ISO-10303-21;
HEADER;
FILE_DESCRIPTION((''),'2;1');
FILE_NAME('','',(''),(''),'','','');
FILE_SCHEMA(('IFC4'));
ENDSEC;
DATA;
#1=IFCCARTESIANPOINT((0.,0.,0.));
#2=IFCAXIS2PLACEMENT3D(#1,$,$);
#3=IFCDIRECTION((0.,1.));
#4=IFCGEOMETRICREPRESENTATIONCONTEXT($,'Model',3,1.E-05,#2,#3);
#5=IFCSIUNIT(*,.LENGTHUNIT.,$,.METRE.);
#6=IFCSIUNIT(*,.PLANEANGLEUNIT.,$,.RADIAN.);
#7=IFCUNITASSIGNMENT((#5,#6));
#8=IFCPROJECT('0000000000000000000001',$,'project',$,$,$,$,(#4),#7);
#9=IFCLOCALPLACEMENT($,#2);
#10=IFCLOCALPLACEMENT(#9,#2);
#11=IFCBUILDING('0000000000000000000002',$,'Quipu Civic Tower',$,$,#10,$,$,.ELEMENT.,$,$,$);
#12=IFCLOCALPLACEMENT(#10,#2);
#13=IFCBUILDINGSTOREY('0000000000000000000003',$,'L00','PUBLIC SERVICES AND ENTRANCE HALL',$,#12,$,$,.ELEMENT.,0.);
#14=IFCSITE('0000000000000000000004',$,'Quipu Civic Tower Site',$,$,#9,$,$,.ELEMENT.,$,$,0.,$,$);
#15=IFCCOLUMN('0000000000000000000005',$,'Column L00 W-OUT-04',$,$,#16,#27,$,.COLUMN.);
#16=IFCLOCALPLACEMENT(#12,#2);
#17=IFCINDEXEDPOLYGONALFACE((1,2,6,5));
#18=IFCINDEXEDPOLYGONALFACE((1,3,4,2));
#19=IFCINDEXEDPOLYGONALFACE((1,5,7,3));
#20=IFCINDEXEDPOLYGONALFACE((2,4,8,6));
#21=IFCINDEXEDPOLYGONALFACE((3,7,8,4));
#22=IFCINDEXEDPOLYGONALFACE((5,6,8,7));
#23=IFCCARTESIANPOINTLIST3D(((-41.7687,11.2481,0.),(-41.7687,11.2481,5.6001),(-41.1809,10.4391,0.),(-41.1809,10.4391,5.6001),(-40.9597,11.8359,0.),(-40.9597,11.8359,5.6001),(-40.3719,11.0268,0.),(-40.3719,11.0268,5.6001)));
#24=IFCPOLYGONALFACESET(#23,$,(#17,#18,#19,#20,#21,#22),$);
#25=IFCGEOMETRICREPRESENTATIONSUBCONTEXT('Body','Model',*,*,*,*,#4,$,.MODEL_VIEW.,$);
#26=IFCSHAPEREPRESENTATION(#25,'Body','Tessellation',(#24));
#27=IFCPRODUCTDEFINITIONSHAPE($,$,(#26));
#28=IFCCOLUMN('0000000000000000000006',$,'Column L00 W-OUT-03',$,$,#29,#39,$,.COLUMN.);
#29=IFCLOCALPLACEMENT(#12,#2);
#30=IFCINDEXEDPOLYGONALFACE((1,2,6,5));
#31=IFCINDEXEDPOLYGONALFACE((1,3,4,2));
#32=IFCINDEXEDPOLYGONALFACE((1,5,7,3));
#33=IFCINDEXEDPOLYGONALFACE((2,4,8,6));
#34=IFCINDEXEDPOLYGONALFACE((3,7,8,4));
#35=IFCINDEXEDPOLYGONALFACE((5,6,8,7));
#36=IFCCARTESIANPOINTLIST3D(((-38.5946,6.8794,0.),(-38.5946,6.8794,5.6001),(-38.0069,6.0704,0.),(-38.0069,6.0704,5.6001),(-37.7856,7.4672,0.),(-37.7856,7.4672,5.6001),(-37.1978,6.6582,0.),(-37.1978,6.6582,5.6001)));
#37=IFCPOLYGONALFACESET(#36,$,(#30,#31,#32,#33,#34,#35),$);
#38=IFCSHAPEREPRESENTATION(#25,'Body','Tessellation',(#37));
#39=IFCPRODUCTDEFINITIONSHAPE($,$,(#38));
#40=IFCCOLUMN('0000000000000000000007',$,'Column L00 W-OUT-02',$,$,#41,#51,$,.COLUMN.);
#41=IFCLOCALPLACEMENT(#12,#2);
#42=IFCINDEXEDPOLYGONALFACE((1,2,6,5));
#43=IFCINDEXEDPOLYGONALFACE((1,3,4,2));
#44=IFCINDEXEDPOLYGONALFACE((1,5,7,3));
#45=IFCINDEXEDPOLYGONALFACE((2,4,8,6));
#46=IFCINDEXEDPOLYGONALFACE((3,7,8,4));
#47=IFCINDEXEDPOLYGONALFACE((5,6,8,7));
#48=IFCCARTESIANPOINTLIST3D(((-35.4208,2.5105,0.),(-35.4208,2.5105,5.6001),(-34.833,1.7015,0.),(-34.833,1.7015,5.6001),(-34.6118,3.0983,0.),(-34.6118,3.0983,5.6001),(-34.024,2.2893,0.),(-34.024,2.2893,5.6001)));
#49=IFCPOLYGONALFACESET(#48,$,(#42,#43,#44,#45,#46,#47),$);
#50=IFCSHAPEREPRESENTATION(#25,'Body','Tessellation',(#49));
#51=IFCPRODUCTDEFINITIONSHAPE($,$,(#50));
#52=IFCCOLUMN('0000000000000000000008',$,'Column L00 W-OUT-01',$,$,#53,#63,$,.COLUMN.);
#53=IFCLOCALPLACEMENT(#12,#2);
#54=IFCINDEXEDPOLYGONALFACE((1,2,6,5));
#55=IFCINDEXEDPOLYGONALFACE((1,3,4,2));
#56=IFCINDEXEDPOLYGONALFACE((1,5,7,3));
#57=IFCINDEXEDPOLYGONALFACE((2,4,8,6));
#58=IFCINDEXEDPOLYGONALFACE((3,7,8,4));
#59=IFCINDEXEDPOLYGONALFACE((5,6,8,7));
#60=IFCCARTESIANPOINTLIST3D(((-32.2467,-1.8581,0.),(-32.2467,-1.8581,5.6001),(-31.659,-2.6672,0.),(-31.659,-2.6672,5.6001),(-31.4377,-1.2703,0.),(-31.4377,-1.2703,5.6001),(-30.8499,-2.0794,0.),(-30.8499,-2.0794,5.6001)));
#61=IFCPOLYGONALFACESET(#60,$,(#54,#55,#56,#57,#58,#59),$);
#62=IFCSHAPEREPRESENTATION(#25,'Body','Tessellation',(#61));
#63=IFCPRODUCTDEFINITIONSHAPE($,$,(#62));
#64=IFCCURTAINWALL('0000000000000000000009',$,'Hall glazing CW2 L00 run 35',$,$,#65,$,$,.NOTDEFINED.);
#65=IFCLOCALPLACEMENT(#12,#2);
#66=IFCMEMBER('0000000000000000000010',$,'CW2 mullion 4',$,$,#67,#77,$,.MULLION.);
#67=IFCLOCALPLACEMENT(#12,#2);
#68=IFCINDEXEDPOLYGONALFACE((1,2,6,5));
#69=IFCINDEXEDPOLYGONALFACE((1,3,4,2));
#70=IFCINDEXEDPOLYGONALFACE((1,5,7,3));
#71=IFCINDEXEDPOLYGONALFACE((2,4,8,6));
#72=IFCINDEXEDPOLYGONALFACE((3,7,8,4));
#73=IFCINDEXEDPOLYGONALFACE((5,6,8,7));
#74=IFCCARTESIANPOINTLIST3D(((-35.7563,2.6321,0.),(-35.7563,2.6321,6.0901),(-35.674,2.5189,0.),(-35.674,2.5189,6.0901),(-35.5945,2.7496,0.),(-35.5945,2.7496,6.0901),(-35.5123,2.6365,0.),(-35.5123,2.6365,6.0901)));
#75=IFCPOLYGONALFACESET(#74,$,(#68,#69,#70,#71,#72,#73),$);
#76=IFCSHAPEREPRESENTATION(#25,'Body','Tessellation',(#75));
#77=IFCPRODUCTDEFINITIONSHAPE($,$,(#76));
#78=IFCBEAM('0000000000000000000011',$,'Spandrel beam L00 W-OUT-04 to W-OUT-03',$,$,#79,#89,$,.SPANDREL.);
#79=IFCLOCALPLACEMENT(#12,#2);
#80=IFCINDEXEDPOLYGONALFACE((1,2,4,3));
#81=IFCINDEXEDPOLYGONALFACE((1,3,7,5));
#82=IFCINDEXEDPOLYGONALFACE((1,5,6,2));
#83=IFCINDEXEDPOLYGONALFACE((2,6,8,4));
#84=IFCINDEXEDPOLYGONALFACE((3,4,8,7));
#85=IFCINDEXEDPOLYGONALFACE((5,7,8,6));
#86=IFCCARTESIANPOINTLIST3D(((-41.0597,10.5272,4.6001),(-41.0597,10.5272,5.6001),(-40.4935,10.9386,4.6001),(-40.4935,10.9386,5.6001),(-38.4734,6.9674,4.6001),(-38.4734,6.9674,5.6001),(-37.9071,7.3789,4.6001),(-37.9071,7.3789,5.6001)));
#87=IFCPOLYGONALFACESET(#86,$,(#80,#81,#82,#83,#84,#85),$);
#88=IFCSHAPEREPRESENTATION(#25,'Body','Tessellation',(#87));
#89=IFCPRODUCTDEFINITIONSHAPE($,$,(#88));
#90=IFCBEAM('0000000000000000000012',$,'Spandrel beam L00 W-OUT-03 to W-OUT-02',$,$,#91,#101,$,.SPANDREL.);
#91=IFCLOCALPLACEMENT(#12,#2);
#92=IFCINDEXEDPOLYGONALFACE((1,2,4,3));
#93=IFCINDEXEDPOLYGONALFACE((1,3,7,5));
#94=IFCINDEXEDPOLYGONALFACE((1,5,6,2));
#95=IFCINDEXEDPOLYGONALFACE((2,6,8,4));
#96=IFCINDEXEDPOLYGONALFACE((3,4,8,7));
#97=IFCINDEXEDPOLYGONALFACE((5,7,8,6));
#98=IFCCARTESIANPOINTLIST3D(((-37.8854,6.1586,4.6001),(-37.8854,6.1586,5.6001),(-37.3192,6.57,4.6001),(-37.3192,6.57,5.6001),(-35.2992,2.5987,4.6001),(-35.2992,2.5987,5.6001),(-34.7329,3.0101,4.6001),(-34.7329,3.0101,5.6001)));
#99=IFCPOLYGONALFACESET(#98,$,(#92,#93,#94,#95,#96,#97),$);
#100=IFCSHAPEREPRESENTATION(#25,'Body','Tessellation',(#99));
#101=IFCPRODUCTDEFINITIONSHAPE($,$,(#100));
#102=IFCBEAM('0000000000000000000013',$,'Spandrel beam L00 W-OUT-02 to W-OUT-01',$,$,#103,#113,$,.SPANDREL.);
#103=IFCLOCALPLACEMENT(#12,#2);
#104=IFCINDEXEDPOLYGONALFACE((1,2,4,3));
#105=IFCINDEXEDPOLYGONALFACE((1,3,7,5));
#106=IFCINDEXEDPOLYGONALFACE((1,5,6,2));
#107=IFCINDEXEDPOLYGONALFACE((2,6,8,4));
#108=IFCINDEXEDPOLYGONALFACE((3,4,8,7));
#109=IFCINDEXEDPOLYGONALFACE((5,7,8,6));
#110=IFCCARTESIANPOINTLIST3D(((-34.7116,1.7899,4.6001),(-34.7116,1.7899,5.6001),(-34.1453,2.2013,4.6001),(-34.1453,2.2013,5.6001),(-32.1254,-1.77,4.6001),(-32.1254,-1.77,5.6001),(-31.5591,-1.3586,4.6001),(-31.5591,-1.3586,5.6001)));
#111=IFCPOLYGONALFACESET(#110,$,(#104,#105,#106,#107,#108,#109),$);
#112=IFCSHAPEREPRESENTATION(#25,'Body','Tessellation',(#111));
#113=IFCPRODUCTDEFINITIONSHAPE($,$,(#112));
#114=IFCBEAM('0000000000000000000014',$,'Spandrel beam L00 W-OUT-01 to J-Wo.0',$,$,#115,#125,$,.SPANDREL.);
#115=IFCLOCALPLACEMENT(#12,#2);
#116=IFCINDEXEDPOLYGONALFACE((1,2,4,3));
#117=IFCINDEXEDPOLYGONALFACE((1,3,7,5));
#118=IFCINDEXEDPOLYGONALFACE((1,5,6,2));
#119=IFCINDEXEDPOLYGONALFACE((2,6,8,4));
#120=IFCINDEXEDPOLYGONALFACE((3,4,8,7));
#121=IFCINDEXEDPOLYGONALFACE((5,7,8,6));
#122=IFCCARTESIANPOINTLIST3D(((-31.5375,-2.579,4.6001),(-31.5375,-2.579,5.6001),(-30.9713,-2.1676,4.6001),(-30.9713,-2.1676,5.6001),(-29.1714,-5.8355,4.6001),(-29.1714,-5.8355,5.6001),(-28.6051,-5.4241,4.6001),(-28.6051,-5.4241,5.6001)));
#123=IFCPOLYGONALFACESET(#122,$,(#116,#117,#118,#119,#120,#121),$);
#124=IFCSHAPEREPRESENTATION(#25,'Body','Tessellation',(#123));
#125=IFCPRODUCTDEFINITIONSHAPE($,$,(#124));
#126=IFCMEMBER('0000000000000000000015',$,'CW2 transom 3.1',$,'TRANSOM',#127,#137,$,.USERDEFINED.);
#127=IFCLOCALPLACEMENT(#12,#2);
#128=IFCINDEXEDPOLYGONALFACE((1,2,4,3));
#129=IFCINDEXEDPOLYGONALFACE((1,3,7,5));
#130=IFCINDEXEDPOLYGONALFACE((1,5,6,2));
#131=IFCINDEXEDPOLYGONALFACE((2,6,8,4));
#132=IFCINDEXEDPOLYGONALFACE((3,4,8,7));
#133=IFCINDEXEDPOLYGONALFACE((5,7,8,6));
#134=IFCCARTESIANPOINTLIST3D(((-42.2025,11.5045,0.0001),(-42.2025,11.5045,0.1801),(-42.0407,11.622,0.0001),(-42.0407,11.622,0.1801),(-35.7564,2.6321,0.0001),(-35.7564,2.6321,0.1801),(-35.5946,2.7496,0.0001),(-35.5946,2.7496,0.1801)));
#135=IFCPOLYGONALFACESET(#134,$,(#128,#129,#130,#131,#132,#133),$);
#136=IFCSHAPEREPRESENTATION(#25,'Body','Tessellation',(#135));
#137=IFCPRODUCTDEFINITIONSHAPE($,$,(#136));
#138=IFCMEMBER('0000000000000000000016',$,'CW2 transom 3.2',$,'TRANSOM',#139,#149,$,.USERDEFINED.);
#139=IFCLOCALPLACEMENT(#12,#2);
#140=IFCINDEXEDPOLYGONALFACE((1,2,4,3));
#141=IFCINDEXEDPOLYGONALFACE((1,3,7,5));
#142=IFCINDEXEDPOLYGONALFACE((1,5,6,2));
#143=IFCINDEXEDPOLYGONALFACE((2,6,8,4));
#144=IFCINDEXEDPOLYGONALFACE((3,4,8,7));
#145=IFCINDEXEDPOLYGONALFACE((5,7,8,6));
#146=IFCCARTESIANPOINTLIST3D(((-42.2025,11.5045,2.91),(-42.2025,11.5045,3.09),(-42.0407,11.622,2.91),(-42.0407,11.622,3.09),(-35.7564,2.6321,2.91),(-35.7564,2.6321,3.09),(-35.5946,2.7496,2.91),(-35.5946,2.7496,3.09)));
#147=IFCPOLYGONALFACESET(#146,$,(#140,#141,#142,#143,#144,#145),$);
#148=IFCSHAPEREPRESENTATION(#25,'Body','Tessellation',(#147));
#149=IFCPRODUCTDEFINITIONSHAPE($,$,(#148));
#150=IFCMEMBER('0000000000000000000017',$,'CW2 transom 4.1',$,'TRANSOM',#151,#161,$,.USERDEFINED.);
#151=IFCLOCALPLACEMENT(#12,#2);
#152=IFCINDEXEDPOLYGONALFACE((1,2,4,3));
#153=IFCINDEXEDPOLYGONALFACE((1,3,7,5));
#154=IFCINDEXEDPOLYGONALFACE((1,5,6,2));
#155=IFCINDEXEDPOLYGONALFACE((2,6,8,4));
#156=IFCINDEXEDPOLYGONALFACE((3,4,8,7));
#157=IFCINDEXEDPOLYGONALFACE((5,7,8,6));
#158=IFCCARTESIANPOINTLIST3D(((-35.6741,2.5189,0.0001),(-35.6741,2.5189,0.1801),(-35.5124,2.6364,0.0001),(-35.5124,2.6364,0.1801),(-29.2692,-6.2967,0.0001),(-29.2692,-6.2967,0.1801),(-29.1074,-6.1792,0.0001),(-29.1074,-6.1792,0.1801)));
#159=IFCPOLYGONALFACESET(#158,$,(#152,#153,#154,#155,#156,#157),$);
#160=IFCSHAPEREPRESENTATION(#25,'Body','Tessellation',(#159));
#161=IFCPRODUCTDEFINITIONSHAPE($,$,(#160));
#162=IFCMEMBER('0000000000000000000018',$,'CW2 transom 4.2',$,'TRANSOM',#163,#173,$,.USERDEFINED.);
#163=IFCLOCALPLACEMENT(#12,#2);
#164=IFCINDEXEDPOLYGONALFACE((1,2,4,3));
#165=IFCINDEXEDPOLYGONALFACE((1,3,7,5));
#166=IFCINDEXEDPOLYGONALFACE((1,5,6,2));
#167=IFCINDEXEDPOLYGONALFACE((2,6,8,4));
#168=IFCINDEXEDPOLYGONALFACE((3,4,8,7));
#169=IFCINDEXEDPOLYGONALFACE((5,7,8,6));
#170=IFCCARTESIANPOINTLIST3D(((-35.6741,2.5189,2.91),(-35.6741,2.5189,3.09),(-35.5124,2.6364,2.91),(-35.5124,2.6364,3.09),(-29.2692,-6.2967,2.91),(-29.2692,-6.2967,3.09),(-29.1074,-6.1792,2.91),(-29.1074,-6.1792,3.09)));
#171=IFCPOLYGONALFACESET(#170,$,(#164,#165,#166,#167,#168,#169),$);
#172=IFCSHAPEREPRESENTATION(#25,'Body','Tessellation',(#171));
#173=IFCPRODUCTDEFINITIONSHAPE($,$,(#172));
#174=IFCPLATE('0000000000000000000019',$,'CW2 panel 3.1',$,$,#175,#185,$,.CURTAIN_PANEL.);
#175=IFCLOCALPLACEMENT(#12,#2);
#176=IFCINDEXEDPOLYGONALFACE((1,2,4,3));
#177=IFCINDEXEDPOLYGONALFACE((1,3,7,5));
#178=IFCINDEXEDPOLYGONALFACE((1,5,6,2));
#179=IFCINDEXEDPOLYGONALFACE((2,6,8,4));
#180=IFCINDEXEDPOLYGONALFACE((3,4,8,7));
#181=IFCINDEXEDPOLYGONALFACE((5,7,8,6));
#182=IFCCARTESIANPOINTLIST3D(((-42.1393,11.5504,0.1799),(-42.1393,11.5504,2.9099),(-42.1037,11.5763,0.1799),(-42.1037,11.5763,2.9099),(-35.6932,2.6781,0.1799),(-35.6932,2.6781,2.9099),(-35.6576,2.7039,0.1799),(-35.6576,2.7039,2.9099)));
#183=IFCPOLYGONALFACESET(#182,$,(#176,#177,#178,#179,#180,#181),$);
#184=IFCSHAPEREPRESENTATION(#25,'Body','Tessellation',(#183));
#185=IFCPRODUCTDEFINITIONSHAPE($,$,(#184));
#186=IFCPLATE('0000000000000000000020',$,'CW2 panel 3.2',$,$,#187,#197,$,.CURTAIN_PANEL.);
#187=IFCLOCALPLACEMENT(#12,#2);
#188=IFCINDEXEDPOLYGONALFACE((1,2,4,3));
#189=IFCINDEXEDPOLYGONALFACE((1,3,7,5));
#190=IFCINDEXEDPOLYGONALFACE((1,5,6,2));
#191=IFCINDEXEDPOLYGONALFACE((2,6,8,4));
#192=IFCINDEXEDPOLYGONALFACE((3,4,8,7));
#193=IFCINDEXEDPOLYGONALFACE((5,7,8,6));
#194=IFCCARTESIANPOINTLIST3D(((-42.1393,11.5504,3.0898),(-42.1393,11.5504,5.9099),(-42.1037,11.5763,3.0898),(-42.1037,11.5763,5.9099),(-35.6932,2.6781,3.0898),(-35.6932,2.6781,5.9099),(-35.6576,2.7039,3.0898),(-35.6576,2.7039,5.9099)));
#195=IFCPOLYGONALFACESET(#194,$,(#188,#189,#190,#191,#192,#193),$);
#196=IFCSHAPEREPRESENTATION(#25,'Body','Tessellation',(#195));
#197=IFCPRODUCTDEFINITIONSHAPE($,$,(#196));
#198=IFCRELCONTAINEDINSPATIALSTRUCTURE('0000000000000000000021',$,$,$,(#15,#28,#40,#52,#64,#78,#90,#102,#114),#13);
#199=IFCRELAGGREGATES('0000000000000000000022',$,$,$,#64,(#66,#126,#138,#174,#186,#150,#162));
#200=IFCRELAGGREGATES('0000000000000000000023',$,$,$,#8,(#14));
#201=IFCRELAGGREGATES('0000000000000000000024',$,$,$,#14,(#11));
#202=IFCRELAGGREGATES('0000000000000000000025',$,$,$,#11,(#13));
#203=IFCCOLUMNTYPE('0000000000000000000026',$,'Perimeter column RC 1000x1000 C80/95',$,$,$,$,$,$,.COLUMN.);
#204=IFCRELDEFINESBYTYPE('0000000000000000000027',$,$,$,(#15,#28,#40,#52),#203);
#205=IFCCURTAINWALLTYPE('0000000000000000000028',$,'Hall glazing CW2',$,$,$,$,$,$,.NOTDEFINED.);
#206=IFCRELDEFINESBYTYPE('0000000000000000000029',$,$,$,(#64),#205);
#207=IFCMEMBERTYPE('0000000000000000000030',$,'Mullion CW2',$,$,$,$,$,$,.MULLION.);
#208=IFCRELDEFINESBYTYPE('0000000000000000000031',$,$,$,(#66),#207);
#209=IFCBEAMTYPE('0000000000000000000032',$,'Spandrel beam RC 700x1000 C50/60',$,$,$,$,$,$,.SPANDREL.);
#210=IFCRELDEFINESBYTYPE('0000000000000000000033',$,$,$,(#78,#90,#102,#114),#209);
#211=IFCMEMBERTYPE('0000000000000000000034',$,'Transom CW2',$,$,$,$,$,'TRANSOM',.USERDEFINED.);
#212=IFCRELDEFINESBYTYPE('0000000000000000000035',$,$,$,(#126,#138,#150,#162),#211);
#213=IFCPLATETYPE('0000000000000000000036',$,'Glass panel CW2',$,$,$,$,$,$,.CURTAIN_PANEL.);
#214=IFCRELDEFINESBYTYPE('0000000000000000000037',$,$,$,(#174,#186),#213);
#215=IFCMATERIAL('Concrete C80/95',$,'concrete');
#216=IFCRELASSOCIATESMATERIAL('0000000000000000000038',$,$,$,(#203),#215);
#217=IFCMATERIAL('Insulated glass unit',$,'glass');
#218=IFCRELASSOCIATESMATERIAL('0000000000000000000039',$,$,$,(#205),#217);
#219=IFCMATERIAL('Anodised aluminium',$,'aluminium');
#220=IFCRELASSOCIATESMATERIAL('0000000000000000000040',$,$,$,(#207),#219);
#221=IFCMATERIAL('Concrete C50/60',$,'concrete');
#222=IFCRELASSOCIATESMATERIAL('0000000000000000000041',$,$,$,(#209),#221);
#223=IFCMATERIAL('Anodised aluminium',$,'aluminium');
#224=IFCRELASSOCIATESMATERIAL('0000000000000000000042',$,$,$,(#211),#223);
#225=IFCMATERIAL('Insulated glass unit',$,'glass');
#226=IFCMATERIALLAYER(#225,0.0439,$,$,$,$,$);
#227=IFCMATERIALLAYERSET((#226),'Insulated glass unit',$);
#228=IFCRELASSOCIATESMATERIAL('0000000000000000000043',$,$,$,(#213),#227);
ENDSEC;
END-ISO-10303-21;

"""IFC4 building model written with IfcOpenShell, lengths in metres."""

from ifc_helpers import new_model, si_unit, direction, frame, origin, origin_2d, place, context, subcontext, project, spatial, rectangle, extrude, material, layer, layer_set, material_profile, profile_set, type_object, element, aggregate, save


model = new_model("IFC4")

# Units and contexts
model_context = context("Model", 3, precision=1e-05, world=origin(), true_north=direction((0.0, 1.0)))
body_context = subcontext(model_context, "Body", "Model", "MODEL_VIEW")
ifc_project = project(units=[si_unit("LENGTHUNIT", "METRE"), si_unit("PLANEANGLEUNIT", "RADIAN")], contexts=[model_context])

# Site, building, storey
site_placement = place(None, origin())
site = spatial("IfcSite", under=ifc_project, at=site_placement, Name="Quipu Civic Tower Site", CompositionType="ELEMENT", RefElevation=0.0)
building_placement = place(site_placement, origin())
building = spatial("IfcBuilding", under=site, at=building_placement, Name="Quipu Civic Tower", CompositionType="ELEMENT")
storey_placement = place(building_placement, origin())
storey = spatial("IfcBuildingStorey", under=building, at=storey_placement, Name="L00", Description="PUBLIC SERVICES AND ENTRANCE HALL", CompositionType="ELEMENT", Elevation=0.0)

# Columns
ifc_material_1 = material(Name="Concrete C80/95", Category="concrete")
ifc_material_profile_1 = material_profile(ifc_material_1, rectangle(XDim=1.0, YDim=1.0, at=origin_2d()), Name="RC1000x1000")
ifc_profile_set_1 = profile_set([ifc_material_profile_1], Name="Concrete C80/95")
column_type = type_object("IfcColumnType", Name="Perimeter column RC 1000x1000 C80/95", PredefinedType="COLUMN", material=ifc_profile_set_1)
for number, where, z_axis, x_axis, name in (
    (1, (-41.0703, 11.1375, 0.0), (0.0, 0.0, 1.0), (0.587785, -0.809017, 0.0), "Column L00 W-OUT-04"),
    (2, (-37.8962, 6.7688, 0.0), (0.0, 0.0, 1.0), (0.587785, -0.809017, 0.0), "Column L00 W-OUT-03"),
    (3, (-34.7224, 2.3999, 0.0), (0.0, 0.0, 1.0), (0.587785, -0.809017, 0.0), "Column L00 W-OUT-02"),
    (4, (-31.5483, -1.9688, 0.0), (0.0, 0.0, 1.0), (0.587785, -0.809017, 0.0), "Column L00 W-OUT-01"),
):
    element("IfcColumn", number, at=place(storey_placement, frame(where, z_axis=z_axis, x_axis=x_axis)), inside=storey, type_object=column_type, Name=name, PredefinedType="COLUMN", context=body_context, shape_type="SweptSolid", body=[
        extrude(rectangle(XDim=1.0, YDim=1.0, at=origin_2d()), origin(), (0.0, 0.0, 1.0), 5.6001),
    ])

# Curtain wall, member
ifc_material_2 = material(Name="Insulated glass unit", Category="glass")
curtain_wall_type = type_object("IfcCurtainWallType", Name="Hall glazing CW2", PredefinedType="NOTDEFINED", material=ifc_material_2)
curtain_wall_placement = place(storey_placement, origin())
curtain_wall = element("IfcCurtainWall", 5, at=curtain_wall_placement, inside=storey, type_object=curtain_wall_type, Name="Hall glazing CW2 L00 run 35", PredefinedType="NOTDEFINED")
ifc_material_3 = material(Name="Anodised aluminium", Category="aluminium")
ifc_material_profile_2 = material_profile(ifc_material_3, rectangle(XDim=0.2, YDim=0.1399, at=origin_2d()), Name="RECT 200x140")
ifc_profile_set_2 = profile_set([ifc_material_profile_2], Name="Anodised aluminium")
member_type_1 = type_object("IfcMemberType", Name="Mullion CW2", PredefinedType="MULLION", material=ifc_profile_set_2)
member_1_placement = place(storey_placement, frame((-35.6343, 2.6343, 0.0), z_axis=(0.0, 0.0, 1.0), x_axis=(0.809018, 0.587784, 0.0)))
member_1 = element("IfcMember", 6, at=member_1_placement, type_object=member_type_1, Name="CW2 mullion 4", PredefinedType="MULLION", context=body_context, shape_type="SweptSolid", body=[
    extrude(rectangle(XDim=0.2, YDim=0.1399, at=origin_2d()), origin(), (0.0, 0.0, 1.0), 6.0901),
])

# Beams
ifc_material_4 = material(Name="Concrete C50/60", Category="concrete")
ifc_material_profile_3 = material_profile(ifc_material_4, rectangle(XDim=0.7, YDim=1.0, at=origin_2d()), Name="RC700x1000")
ifc_profile_set_3 = profile_set([ifc_material_profile_3], Name="Concrete C50/60")
beam_type = type_object("IfcBeamType", Name="Spandrel beam RC 700x1000 C50/60", PredefinedType="SPANDREL", material=ifc_profile_set_3)
for number, where, z_axis, x_axis, name in (
    (7, (-40.7766, 10.7329, 5.1001), (0.587796, -0.80901, 0.0), (0.80901, 0.587796, 0.0), "Spandrel beam L00 W-OUT-04 to W-OUT-03"),
    (8, (-37.6023, 6.3643, 5.1001), (0.587759, -0.809036, 0.0), (0.809036, 0.587759, 0.0), "Spandrel beam L00 W-OUT-03 to W-OUT-02"),
    (9, (-34.4285, 1.9956, 5.1001), (0.587759, -0.809036, 0.0), (0.809036, 0.587759, 0.0), "Spandrel beam L00 W-OUT-02 to W-OUT-01"),
):
    element("IfcBeam", number, at=place(storey_placement, frame(where, z_axis=z_axis, x_axis=x_axis)), inside=storey, type_object=beam_type, Name=name, PredefinedType="SPANDREL", context=body_context, shape_type="SweptSolid", body=[
        extrude(rectangle(XDim=0.7, YDim=1.0, at=origin_2d()), origin(), (0.0, 0.0, 1.0), 4.4001),
    ])
beam_placement = place(storey_placement, frame((-31.2544, -2.3733, 5.1001), z_axis=(0.587811, -0.808998, 0.0), x_axis=(0.808998, 0.587811, 0.0)))
element("IfcBeam", 10, at=beam_placement, inside=storey, type_object=beam_type, Name="Spandrel beam L00 W-OUT-01 to J-Wo.0", PredefinedType="SPANDREL", context=body_context, shape_type="SweptSolid", body=[
    extrude(rectangle(XDim=0.7, YDim=1.0, at=origin_2d()), origin(), (0.0, 0.0, 1.0), 4.0254),
])

# Members
ifc_material_5 = material(Name="Anodised aluminium", Category="aluminium")
ifc_material_profile_4 = material_profile(ifc_material_5, rectangle(XDim=0.2, YDim=0.1799, at=origin_2d()), Name="RECT 200x180")
ifc_profile_set_4 = profile_set([ifc_material_profile_4], Name="Anodised aluminium")
member_type_2 = type_object("IfcMemberType", Name="Transom CW2", ElementType="TRANSOM", PredefinedType="USERDEFINED", material=ifc_profile_set_4)
member_2_placement = place(storey_placement, frame((-42.1216, 11.5632, 0.0901), z_axis=(0.587781, -0.80902, 0.0), x_axis=(0.80902, 0.587781, 0.0)))
member_2 = element("IfcMember", 11, at=member_2_placement, type_object=member_type_2, Name="CW2 transom 3.1", ObjectType="TRANSOM", PredefinedType="USERDEFINED", context=body_context, shape_type="SweptSolid", body=[
    extrude(rectangle(XDim=0.2, YDim=0.1799, at=origin_2d()), origin(), (0.0, 0.0, 1.0), 10.9668),
])
member_3_placement = place(storey_placement, frame((-42.1216, 11.5632, 3.0), z_axis=(0.587781, -0.80902, 0.0), x_axis=(0.80902, 0.587781, 0.0)))
member_3 = element("IfcMember", 12, at=member_3_placement, type_object=member_type_2, Name="CW2 transom 3.2", ObjectType="TRANSOM", PredefinedType="USERDEFINED", context=body_context, shape_type="SweptSolid", body=[
    extrude(rectangle(XDim=0.2, YDim=0.1799, at=origin_2d()), origin(), (0.0, 0.0, 1.0), 10.9668),
])
member_4_placement = place(storey_placement, frame((-35.5933, 2.5776, 0.0901), z_axis=(0.587789, -0.809014, 0.0), x_axis=(0.809014, 0.587789, 0.0)))
member_4 = element("IfcMember", 13, at=member_4_placement, type_object=member_type_2, Name="CW2 transom 4.1", ObjectType="TRANSOM", PredefinedType="USERDEFINED", context=body_context, shape_type="SweptSolid", body=[
    extrude(rectangle(XDim=0.2, YDim=0.1799, at=origin_2d()), origin(), (0.0, 0.0, 1.0), 10.8967),
])
member_5_placement = place(storey_placement, frame((-35.5933, 2.5776, 3.0), z_axis=(0.587789, -0.809014, 0.0), x_axis=(0.809014, 0.587789, 0.0)))
member_5 = element("IfcMember", 14, at=member_5_placement, type_object=member_type_2, Name="CW2 transom 4.2", ObjectType="TRANSOM", PredefinedType="USERDEFINED", context=body_context, shape_type="SweptSolid", body=[
    extrude(rectangle(XDim=0.2, YDim=0.1799, at=origin_2d()), origin(), (0.0, 0.0, 1.0), 10.8967),
])

# Plates
ifc_material_6 = material(Name="Insulated glass unit", Category="glass")
ifc_layer_1 = layer(ifc_material_6, 0.0439)
ifc_layer_set_1 = layer_set([ifc_layer_1], Name="Insulated glass unit")
plate_type_1 = type_object("IfcPlateType", Name="Glass panel CW2", PredefinedType="CURTAIN_PANEL", material=ifc_layer_set_1)
plate_1_placement = place(storey_placement, frame((-38.8984, 7.1272, 0.1799), z_axis=(0.0, 0.0, 1.0), x_axis=(0.587784, -0.809018, 0.0)))
plate_1 = element("IfcPlate", 15, at=plate_1_placement, type_object=plate_type_1, Name="CW2 panel 3.1", PredefinedType="CURTAIN_PANEL", context=body_context, shape_type="SweptSolid", body=[
    extrude(rectangle(XDim=10.9668, YDim=0.0439, at=origin_2d()), origin(), (0.0, 0.0, 1.0), 2.73),
])
plate_2_placement = place(storey_placement, frame((-38.8984, 7.1272, 3.0898), z_axis=(0.0, 0.0, 1.0), x_axis=(0.587784, -0.809018, 0.0)))
plate_2 = element("IfcPlate", 16, at=plate_2_placement, type_object=plate_type_1, Name="CW2 panel 3.2", PredefinedType="CURTAIN_PANEL", context=body_context, shape_type="SweptSolid", body=[
    extrude(rectangle(XDim=10.9668, YDim=0.0439, at=origin_2d()), origin(), (0.0, 0.0, 1.0), 2.8201),
])
aggregate(curtain_wall, [member_1, member_2, member_3, plate_1, plate_2, member_4, member_5])

save(model, "model.ifc")
